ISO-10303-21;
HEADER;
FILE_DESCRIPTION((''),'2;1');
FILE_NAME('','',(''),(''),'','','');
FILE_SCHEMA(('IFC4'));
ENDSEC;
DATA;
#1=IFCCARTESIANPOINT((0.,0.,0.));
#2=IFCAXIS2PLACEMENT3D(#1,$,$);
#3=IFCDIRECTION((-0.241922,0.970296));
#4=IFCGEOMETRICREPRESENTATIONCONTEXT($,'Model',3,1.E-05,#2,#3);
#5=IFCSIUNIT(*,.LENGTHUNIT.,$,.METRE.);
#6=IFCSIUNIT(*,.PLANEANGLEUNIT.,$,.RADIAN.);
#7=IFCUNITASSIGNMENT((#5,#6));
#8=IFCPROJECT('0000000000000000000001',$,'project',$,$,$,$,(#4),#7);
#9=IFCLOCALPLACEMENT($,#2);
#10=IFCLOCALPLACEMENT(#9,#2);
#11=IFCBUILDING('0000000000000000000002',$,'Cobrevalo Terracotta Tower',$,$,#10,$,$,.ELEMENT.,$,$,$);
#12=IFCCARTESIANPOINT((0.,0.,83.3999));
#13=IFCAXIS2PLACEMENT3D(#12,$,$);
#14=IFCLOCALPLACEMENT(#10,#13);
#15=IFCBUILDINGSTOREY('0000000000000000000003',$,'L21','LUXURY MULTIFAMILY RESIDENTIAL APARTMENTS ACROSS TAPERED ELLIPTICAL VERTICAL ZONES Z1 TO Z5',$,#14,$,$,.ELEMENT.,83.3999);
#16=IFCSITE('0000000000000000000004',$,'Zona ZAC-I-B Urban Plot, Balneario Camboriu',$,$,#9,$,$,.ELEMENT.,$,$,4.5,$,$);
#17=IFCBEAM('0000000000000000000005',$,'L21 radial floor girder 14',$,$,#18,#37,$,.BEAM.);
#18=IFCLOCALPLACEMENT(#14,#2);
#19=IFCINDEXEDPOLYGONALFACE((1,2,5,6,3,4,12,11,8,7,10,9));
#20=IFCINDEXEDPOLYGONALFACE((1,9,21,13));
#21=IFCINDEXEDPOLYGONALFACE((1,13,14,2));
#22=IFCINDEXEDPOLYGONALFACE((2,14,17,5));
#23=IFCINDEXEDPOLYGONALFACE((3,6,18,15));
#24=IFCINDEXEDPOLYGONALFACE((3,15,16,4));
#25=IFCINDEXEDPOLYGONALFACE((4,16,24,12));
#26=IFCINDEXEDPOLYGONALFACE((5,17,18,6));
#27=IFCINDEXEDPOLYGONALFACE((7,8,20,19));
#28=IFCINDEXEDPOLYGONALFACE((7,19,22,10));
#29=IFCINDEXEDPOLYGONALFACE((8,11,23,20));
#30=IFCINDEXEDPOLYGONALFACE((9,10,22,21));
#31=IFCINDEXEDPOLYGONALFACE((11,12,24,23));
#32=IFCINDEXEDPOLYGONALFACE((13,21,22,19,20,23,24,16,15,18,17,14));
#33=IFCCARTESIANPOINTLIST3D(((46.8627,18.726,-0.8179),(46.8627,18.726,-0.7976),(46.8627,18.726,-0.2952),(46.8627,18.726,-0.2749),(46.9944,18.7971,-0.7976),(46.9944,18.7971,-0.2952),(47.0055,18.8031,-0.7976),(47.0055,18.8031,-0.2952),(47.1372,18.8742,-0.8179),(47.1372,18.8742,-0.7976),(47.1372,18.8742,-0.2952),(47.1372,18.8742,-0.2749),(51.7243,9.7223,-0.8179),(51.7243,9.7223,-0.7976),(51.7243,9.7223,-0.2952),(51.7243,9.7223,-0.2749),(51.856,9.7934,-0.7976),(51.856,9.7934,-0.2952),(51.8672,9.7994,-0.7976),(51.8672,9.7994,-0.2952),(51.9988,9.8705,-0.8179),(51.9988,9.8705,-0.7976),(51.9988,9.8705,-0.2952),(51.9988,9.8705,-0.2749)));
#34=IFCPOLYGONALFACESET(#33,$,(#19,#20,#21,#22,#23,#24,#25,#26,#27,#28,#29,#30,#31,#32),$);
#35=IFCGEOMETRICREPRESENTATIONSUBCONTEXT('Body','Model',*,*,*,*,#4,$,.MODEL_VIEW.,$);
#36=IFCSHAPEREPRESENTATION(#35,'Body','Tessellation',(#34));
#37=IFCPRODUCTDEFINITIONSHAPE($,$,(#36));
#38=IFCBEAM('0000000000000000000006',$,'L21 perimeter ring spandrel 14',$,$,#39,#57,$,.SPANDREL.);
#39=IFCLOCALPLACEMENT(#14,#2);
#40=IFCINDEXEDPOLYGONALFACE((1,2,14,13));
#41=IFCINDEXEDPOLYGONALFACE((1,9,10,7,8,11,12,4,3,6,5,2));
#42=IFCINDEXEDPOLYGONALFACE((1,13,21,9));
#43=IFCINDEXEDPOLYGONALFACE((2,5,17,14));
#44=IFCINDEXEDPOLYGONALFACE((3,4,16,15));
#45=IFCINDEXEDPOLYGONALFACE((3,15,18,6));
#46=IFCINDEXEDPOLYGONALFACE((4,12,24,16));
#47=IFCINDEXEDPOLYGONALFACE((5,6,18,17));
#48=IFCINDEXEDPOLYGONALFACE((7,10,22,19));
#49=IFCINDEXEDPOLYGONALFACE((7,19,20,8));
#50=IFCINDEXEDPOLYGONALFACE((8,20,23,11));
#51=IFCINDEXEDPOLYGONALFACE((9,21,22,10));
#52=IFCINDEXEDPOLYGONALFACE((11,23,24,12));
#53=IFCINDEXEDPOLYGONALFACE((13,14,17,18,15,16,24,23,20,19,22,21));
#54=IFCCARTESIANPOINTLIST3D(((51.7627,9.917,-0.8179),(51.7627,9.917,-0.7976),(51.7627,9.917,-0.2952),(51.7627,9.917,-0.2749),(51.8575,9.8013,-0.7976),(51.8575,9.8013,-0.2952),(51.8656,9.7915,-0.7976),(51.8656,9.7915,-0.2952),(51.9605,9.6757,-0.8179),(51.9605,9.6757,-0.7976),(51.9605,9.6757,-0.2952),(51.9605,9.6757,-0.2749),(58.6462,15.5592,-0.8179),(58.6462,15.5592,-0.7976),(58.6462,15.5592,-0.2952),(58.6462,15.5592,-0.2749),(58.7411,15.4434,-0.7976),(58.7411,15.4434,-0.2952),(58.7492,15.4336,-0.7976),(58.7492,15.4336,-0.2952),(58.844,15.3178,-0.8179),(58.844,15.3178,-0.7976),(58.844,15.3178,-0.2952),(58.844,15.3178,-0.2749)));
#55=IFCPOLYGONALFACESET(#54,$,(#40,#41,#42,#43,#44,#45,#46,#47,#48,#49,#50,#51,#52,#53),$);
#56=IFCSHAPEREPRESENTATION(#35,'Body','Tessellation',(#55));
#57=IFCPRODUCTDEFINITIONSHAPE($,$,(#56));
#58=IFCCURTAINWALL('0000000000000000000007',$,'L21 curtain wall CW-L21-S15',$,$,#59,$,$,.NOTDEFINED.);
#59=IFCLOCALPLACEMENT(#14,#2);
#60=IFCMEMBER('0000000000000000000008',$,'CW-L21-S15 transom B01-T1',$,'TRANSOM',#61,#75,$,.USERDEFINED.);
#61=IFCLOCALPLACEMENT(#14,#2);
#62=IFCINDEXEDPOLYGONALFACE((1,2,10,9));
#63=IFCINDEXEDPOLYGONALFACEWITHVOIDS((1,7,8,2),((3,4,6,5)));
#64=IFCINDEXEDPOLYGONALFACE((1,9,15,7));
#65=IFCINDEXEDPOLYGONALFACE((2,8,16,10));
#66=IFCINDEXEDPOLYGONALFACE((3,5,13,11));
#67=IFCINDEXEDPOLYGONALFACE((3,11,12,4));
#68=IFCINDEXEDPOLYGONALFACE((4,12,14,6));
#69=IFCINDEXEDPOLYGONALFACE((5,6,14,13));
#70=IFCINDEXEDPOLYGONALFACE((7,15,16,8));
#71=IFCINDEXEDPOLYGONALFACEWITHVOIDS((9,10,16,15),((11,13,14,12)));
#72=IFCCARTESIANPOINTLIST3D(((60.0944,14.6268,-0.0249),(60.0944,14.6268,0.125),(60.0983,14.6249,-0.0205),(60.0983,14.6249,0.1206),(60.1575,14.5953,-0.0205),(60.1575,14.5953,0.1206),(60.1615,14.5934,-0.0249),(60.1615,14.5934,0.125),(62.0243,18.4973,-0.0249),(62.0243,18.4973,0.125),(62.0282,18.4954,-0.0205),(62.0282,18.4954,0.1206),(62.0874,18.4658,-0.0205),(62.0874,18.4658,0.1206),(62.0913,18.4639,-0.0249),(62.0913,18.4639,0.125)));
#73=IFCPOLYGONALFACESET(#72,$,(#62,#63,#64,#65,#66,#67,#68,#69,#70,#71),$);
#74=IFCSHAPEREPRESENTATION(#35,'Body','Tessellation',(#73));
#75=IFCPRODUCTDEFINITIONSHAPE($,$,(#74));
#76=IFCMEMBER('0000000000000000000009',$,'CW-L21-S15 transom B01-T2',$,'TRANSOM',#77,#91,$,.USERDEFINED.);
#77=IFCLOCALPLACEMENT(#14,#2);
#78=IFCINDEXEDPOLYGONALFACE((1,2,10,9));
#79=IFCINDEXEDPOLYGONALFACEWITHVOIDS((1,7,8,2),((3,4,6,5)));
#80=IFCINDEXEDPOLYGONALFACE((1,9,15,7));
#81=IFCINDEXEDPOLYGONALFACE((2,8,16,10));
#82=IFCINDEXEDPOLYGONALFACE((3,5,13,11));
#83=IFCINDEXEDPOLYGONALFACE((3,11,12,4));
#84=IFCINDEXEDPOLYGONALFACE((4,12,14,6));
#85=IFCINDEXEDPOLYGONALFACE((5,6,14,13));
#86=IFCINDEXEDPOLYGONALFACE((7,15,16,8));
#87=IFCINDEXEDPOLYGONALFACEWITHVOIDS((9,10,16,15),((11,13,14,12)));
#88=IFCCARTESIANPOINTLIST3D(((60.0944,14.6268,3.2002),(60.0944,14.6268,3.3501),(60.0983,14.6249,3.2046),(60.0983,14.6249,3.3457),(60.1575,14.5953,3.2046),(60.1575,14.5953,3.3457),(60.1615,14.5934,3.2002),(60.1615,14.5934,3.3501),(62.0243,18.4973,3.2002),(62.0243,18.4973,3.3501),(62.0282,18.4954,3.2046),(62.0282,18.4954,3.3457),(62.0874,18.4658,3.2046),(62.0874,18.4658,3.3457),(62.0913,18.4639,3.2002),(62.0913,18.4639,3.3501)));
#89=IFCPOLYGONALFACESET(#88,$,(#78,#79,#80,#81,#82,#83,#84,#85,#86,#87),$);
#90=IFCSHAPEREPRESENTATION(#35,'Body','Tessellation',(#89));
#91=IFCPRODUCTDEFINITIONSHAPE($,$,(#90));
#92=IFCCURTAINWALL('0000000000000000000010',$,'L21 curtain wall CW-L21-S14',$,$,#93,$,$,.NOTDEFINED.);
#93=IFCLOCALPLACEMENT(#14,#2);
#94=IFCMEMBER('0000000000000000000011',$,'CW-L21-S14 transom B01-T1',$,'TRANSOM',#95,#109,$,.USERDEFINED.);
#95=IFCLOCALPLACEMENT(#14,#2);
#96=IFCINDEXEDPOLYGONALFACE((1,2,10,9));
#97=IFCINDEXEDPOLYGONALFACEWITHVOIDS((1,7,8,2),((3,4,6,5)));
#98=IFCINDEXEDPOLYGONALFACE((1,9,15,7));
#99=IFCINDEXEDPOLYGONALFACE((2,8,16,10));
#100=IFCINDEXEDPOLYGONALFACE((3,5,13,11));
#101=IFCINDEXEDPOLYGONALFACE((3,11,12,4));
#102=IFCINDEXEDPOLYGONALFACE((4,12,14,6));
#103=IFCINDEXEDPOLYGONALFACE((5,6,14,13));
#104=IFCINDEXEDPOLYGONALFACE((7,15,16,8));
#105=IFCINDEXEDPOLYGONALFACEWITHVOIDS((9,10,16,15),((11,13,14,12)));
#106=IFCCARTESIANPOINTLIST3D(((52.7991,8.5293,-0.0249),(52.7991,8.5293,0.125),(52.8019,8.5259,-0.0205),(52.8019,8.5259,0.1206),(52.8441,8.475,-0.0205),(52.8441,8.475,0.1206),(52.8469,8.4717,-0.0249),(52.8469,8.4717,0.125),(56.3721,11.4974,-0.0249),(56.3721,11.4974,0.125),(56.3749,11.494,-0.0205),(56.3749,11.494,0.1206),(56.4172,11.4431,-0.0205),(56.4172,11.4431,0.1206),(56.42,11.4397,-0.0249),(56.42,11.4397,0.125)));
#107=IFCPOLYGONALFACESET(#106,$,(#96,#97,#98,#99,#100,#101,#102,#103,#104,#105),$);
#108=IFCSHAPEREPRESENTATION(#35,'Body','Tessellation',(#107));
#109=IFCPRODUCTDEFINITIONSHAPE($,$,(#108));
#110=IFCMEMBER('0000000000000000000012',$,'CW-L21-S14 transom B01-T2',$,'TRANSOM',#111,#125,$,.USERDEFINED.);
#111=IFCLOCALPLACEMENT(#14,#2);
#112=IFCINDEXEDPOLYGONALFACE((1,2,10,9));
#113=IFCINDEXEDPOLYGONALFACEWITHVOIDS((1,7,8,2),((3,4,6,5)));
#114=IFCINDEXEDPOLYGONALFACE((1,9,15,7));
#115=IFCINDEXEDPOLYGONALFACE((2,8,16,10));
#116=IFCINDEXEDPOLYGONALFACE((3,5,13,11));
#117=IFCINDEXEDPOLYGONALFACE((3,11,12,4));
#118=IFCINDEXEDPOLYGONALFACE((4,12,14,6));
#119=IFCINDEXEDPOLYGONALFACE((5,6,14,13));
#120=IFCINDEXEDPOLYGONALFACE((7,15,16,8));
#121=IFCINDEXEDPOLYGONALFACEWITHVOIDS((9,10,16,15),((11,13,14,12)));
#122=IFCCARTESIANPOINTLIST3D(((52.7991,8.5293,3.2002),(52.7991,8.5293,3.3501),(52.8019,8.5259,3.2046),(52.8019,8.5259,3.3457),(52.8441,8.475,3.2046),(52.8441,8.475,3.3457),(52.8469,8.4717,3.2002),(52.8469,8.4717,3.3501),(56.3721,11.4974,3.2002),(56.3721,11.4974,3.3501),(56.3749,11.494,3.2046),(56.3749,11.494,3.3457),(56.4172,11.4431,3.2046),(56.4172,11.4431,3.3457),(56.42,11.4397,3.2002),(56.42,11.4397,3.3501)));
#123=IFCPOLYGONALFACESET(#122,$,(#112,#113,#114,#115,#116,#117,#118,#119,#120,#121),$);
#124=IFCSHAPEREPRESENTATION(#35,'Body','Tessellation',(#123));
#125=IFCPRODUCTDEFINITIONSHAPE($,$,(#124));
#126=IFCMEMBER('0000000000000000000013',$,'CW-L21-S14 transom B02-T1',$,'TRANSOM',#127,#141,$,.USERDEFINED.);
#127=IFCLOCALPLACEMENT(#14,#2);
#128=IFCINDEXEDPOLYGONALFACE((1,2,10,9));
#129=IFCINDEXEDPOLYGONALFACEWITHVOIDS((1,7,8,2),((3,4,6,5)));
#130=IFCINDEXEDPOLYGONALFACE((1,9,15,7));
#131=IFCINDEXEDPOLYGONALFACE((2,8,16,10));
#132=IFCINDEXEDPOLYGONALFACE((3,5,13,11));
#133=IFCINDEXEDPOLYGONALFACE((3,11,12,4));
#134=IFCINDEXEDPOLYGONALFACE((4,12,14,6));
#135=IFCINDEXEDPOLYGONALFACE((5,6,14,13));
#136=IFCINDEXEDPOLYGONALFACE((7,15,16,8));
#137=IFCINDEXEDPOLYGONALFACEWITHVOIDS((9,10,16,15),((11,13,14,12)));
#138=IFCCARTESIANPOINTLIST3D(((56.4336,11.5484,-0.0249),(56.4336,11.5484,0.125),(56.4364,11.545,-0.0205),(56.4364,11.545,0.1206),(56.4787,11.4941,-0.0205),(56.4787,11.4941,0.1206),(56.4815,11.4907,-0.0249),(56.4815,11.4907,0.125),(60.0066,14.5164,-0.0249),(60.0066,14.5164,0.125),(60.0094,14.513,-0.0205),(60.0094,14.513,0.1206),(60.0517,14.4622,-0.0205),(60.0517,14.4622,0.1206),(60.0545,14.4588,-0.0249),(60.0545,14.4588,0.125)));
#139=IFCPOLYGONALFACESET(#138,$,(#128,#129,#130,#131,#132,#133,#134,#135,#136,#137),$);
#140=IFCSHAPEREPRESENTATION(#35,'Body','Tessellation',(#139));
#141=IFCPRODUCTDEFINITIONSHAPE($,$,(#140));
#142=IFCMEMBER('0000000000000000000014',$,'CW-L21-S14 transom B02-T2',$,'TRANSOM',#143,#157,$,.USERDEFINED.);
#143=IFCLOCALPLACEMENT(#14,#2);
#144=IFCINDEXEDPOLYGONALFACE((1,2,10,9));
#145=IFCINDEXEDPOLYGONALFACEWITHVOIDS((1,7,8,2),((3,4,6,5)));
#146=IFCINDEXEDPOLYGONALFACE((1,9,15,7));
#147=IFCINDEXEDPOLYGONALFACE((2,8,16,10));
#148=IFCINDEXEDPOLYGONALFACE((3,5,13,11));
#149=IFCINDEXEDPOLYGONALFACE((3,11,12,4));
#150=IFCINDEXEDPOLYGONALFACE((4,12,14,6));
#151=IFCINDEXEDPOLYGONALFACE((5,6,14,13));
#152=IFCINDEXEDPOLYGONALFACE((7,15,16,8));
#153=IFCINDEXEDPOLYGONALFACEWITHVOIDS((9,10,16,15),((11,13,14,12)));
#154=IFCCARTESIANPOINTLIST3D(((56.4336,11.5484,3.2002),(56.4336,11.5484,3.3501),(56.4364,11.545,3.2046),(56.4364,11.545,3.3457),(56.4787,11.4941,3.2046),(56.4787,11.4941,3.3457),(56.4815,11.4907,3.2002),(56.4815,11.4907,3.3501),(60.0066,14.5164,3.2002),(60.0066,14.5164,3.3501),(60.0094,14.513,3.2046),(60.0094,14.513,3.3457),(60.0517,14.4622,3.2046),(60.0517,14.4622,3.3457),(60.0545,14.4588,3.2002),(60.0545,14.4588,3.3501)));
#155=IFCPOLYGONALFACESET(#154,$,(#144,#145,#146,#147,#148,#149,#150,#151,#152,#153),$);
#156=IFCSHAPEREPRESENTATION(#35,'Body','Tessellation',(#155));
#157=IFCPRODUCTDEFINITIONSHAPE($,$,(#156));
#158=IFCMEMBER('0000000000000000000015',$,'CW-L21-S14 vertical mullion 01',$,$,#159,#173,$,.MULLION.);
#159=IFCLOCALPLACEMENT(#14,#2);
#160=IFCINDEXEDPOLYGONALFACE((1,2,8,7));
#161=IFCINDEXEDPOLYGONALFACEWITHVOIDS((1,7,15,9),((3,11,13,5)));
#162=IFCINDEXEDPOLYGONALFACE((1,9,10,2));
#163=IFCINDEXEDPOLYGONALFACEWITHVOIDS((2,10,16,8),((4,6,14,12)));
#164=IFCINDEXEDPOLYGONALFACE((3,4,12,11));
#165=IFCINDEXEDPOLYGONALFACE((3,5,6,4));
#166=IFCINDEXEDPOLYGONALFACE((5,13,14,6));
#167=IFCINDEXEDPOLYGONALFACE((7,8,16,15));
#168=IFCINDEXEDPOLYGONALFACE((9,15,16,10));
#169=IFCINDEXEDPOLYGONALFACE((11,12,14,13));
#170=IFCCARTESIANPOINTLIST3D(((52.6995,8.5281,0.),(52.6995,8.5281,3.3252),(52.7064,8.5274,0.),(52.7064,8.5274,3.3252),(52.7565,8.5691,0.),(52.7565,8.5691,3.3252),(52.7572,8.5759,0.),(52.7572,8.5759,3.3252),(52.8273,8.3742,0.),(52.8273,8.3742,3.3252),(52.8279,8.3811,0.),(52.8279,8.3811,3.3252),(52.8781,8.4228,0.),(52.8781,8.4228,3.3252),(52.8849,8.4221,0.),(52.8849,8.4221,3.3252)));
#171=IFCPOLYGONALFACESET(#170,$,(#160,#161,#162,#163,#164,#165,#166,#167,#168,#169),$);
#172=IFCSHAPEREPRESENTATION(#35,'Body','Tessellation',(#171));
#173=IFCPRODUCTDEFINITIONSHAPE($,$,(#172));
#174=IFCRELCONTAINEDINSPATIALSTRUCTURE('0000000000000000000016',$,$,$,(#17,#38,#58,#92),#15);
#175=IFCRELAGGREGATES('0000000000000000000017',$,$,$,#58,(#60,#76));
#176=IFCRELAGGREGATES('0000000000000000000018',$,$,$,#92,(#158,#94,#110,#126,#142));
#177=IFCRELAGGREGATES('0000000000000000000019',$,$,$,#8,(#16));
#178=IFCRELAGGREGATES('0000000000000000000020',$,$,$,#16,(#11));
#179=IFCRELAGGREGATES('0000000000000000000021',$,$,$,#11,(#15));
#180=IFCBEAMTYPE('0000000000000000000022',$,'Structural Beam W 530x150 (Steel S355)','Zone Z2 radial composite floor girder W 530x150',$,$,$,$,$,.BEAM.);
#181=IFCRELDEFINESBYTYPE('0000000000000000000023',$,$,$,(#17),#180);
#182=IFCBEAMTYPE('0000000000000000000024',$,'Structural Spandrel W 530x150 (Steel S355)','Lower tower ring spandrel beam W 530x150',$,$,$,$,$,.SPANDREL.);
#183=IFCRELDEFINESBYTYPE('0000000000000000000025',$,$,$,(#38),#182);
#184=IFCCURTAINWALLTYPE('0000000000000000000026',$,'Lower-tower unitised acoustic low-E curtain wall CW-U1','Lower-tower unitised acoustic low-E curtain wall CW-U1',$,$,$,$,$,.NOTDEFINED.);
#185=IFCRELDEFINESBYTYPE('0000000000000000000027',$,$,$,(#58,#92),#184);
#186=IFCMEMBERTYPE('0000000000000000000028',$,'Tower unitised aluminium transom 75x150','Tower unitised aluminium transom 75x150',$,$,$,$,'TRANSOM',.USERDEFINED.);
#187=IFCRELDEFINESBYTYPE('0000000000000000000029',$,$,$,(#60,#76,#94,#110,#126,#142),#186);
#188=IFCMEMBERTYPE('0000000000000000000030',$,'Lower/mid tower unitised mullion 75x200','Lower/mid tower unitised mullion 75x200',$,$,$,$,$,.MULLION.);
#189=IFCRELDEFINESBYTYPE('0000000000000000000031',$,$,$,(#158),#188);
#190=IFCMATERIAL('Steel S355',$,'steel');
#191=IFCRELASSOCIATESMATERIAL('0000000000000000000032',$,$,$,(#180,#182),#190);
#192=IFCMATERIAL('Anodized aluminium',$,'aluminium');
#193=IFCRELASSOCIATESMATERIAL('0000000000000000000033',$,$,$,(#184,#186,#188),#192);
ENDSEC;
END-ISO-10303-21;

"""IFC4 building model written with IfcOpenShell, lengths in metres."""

from ifc_helpers import new_model, si_unit, direction, frame, origin, origin_2d, place, context, subcontext, project, spatial, hollow_rectangle, i_section, extrude, source, transform, mapped, material, material_profile, profile_set, type_object, element, aggregate, save


model = new_model("IFC4")

# Units and contexts
model_context = context("Model", 3, precision=1e-05, world=origin(), true_north=direction((-0.241922, 0.970296)))
body_context = subcontext(model_context, "Body", "Model", "MODEL_VIEW")
ifc_project = project(units=[si_unit("LENGTHUNIT", "METRE"), si_unit("PLANEANGLEUNIT", "RADIAN")], contexts=[model_context])

# Site, building, storey
site_placement = place(None, origin())
site = spatial("IfcSite", under=ifc_project, at=site_placement, Name="Zona ZAC-I-B Urban Plot, Balneario Camboriu", CompositionType="ELEMENT", RefElevation=4.5)
building_placement = place(site_placement, origin())
building = spatial("IfcBuilding", under=site, at=building_placement, Name="Cobrevalo Terracotta Tower", CompositionType="ELEMENT")
storey_placement = place(building_placement, frame((0.0, 0.0, 83.3999)))
storey = spatial("IfcBuildingStorey", under=building, at=storey_placement, Name="L21", Description="LUXURY MULTIFAMILY RESIDENTIAL APARTMENTS ACROSS TAPERED ELLIPTICAL VERTICAL ZONES Z1 TO Z5", CompositionType="ELEMENT", Elevation=83.3999)

# Shared definitions
ifc_material_1 = material(Name="Steel S355", Category="steel")

# Beams
ifc_material_profile_1 = material_profile(ifc_material_1, i_section(OverallWidth=0.312, OverallDepth=0.543, WebThickness=0.0127, FlangeThickness=0.0203, at=origin_2d()), Name="W 530x150")
ifc_profile_set_1 = profile_set([ifc_material_profile_1], Name="Steel S355")
beam_type_1 = type_object("IfcBeamType", Name="Structural Beam W 530x150 (Steel S355)", Description="Zone Z2 radial composite floor girder W 530x150", PredefinedType="BEAM", material=ifc_profile_set_1)
beam_1_placement = place(storey_placement, frame((51.8616, 9.7964, -0.5464), z_axis=(-0.475118, 0.879922, 0.0), x_axis=(-0.879922, -0.475118, 0.0)))
element("IfcBeam", 1, at=beam_1_placement, inside=storey, type_object=beam_type_1, Name="L21 radial floor girder 14", PredefinedType="BEAM", context=body_context, shape_type="SweptSolid", body=[
    extrude(i_section(OverallWidth=0.312, OverallDepth=0.543, WebThickness=0.0127, FlangeThickness=0.0203, at=origin_2d()), origin(), (0.0, 0.0, 1.0), 10.2324),
])
ifc_material_profile_2 = material_profile(ifc_material_1, i_section(OverallWidth=0.312, OverallDepth=0.543, WebThickness=0.0127, FlangeThickness=0.0203, at=origin_2d()), Name="W 530x150")
ifc_profile_set_2 = profile_set([ifc_material_profile_2], Name="Steel S355")
beam_type_2 = type_object("IfcBeamType", Name="Structural Spandrel W 530x150 (Steel S355)", Description="Lower tower ring spandrel beam W 530x150", PredefinedType="SPANDREL", material=ifc_profile_set_2)
beam_2_placement = place(storey_placement, frame((51.8616, 9.7964, -0.5464), z_axis=(0.773401, 0.633917, 0.0), x_axis=(-0.633917, 0.773401, 0.0)))
element("IfcBeam", 2, at=beam_2_placement, inside=storey, type_object=beam_type_2, Name="L21 perimeter ring spandrel 14", PredefinedType="SPANDREL", context=body_context, shape_type="SweptSolid", body=[
    extrude(i_section(OverallWidth=0.312, OverallDepth=0.543, WebThickness=0.0127, FlangeThickness=0.0203, at=origin_2d()), origin(), (0.0, 0.0, 1.0), 8.9004),
])

# Curtain walls, members
ifc_material_2 = material(Name="Anodized aluminium", Category="aluminium")
curtain_wall_type = type_object("IfcCurtainWallType", Name="Lower-tower unitised acoustic low-E curtain wall CW-U1", Description="Lower-tower unitised acoustic low-E curtain wall CW-U1", PredefinedType="NOTDEFINED", material=ifc_material_2)
curtain_wall_1_placement = place(storey_placement, origin())
curtain_wall_1 = element("IfcCurtainWall", 3, at=curtain_wall_1_placement, inside=storey, type_object=curtain_wall_type, Name="L21 curtain wall CW-L21-S15", PredefinedType="NOTDEFINED")
ifc_material_profile_3 = material_profile(ifc_material_2, hollow_rectangle(XDim=0.075, YDim=0.1499, WallThickness=0.0044, at=origin_2d()), Name="CWT 75x150")
ifc_profile_set_3 = profile_set([ifc_material_profile_3], Name="Anodized aluminium")
member_type_1 = type_object("IfcMemberType", Name="Tower unitised aluminium transom 75x150", Description="Tower unitised aluminium transom 75x150", ElementType="TRANSOM", PredefinedType="USERDEFINED", material=ifc_profile_set_3)
shared_shape_1 = source(origin(), body_context, "Body", "SweptSolid", [
    extrude(hollow_rectangle(XDim=0.075, YDim=0.1499, WallThickness=0.0044, at=origin_2d()), origin(), (0.0, 0.0, 1.0), 4.325),
])
member_1_placement = place(storey_placement, frame((60.1279, 14.6101, 0.05), z_axis=(0.44622, 0.894923, 0.0), x_axis=(-0.894923, 0.44622, 0.0)))
member_1 = element("IfcMember", 4, at=member_1_placement, type_object=member_type_1, Name="CW-L21-S15 transom B01-T1", ObjectType="TRANSOM", PredefinedType="USERDEFINED", context=body_context, shape_type="MappedRepresentation", body=[
    mapped(shared_shape_1, transform((0.0, 0.0, 0.0), scale=1.0)),
])
member_2_placement = place(storey_placement, frame((60.1279, 14.6101, 3.2751), z_axis=(0.44622, 0.894923, 0.0), x_axis=(-0.894923, 0.44622, 0.0)))
member_2 = element("IfcMember", 5, at=member_2_placement, type_object=member_type_1, Name="CW-L21-S15 transom B01-T2", ObjectType="TRANSOM", PredefinedType="USERDEFINED", context=body_context, shape_type="MappedRepresentation", body=[
    mapped(shared_shape_1, transform((0.0, 0.0, 0.0), scale=1.0)),
])
curtain_wall_2_placement = place(storey_placement, origin())
curtain_wall_2 = element("IfcCurtainWall", 6, at=curtain_wall_2_placement, inside=storey, type_object=curtain_wall_type, Name="L21 curtain wall CW-L21-S14", PredefinedType="NOTDEFINED")
shared_shape_2 = source(origin(), body_context, "Body", "SweptSolid", [
    extrude(hollow_rectangle(XDim=0.075, YDim=0.1499, WallThickness=0.0044, at=origin_2d()), origin(), (0.0, 0.0, 1.0), 4.645),
])
member_3_placement = place(storey_placement, frame((52.823, 8.5005, 0.05), z_axis=(0.769224, 0.638979, 0.0), x_axis=(-0.638979, 0.769224, 0.0)))
member_3 = element("IfcMember", 7, at=member_3_placement, type_object=member_type_1, Name="CW-L21-S14 transom B01-T1", ObjectType="TRANSOM", PredefinedType="USERDEFINED", context=body_context, shape_type="MappedRepresentation", body=[
    mapped(shared_shape_2, transform((0.0, 0.0, 0.0), scale=1.0)),
])
member_4_placement = place(storey_placement, frame((52.823, 8.5005, 3.2751), z_axis=(0.769224, 0.638979, 0.0), x_axis=(-0.638979, 0.769224, 0.0)))
member_4 = element("IfcMember", 8, at=member_4_placement, type_object=member_type_1, Name="CW-L21-S14 transom B01-T2", ObjectType="TRANSOM", PredefinedType="USERDEFINED", context=body_context, shape_type="MappedRepresentation", body=[
    mapped(shared_shape_2, transform((0.0, 0.0, 0.0), scale=1.0)),
])
member_5_placement = place(storey_placement, frame((56.4575, 11.5195, 0.05), z_axis=(0.769224, 0.638979, 0.0), x_axis=(-0.638979, 0.769224, 0.0)))
member_5 = element("IfcMember", 9, at=member_5_placement, type_object=member_type_1, Name="CW-L21-S14 transom B02-T1", ObjectType="TRANSOM", PredefinedType="USERDEFINED", context=body_context, shape_type="MappedRepresentation", body=[
    mapped(shared_shape_2, transform((0.0, 0.0, 0.0), scale=1.0)),
])
member_6_placement = place(storey_placement, frame((56.4575, 11.5195, 3.2751), z_axis=(0.769224, 0.638979, 0.0), x_axis=(-0.638979, 0.769224, 0.0)))
member_6 = element("IfcMember", 10, at=member_6_placement, type_object=member_type_1, Name="CW-L21-S14 transom B02-T2", ObjectType="TRANSOM", PredefinedType="USERDEFINED", context=body_context, shape_type="MappedRepresentation", body=[
    mapped(shared_shape_2, transform((0.0, 0.0, 0.0), scale=1.0)),
])
ifc_material_profile_4 = material_profile(ifc_material_2, hollow_rectangle(XDim=0.075, YDim=0.2, WallThickness=0.0049, at=origin_2d()), Name="CWM 75x200")
ifc_profile_set_4 = profile_set([ifc_material_profile_4], Name="Anodized aluminium")
member_type_2 = type_object("IfcMemberType", Name="Lower/mid tower unitised mullion 75x200", Description="Lower/mid tower unitised mullion 75x200", PredefinedType="MULLION", material=ifc_profile_set_4)
shared_shape_3 = source(origin(), body_context, "Body", "SweptSolid", [
    extrude(hollow_rectangle(XDim=0.075, YDim=0.2, WallThickness=0.0049, at=origin_2d()), origin(), (0.0, 0.0, 1.0), 3.3252),
])
member_7_placement = place(storey_placement, frame((52.7922, 8.4751, 0.0), z_axis=(0.0, 0.0, 1.0), x_axis=(0.769243, 0.638956, 0.0)))
member_7 = element("IfcMember", 11, at=member_7_placement, type_object=member_type_2, Name="CW-L21-S14 vertical mullion 01", PredefinedType="MULLION", context=body_context, shape_type="MappedRepresentation", body=[
    mapped(shared_shape_3, transform((0.0, 0.0, 0.0), scale=1.0)),
])

aggregate(curtain_wall_1, [member_1, member_2])

aggregate(curtain_wall_2, [member_7, member_3, member_4, member_5, member_6])

save(model, "model.ifc")
